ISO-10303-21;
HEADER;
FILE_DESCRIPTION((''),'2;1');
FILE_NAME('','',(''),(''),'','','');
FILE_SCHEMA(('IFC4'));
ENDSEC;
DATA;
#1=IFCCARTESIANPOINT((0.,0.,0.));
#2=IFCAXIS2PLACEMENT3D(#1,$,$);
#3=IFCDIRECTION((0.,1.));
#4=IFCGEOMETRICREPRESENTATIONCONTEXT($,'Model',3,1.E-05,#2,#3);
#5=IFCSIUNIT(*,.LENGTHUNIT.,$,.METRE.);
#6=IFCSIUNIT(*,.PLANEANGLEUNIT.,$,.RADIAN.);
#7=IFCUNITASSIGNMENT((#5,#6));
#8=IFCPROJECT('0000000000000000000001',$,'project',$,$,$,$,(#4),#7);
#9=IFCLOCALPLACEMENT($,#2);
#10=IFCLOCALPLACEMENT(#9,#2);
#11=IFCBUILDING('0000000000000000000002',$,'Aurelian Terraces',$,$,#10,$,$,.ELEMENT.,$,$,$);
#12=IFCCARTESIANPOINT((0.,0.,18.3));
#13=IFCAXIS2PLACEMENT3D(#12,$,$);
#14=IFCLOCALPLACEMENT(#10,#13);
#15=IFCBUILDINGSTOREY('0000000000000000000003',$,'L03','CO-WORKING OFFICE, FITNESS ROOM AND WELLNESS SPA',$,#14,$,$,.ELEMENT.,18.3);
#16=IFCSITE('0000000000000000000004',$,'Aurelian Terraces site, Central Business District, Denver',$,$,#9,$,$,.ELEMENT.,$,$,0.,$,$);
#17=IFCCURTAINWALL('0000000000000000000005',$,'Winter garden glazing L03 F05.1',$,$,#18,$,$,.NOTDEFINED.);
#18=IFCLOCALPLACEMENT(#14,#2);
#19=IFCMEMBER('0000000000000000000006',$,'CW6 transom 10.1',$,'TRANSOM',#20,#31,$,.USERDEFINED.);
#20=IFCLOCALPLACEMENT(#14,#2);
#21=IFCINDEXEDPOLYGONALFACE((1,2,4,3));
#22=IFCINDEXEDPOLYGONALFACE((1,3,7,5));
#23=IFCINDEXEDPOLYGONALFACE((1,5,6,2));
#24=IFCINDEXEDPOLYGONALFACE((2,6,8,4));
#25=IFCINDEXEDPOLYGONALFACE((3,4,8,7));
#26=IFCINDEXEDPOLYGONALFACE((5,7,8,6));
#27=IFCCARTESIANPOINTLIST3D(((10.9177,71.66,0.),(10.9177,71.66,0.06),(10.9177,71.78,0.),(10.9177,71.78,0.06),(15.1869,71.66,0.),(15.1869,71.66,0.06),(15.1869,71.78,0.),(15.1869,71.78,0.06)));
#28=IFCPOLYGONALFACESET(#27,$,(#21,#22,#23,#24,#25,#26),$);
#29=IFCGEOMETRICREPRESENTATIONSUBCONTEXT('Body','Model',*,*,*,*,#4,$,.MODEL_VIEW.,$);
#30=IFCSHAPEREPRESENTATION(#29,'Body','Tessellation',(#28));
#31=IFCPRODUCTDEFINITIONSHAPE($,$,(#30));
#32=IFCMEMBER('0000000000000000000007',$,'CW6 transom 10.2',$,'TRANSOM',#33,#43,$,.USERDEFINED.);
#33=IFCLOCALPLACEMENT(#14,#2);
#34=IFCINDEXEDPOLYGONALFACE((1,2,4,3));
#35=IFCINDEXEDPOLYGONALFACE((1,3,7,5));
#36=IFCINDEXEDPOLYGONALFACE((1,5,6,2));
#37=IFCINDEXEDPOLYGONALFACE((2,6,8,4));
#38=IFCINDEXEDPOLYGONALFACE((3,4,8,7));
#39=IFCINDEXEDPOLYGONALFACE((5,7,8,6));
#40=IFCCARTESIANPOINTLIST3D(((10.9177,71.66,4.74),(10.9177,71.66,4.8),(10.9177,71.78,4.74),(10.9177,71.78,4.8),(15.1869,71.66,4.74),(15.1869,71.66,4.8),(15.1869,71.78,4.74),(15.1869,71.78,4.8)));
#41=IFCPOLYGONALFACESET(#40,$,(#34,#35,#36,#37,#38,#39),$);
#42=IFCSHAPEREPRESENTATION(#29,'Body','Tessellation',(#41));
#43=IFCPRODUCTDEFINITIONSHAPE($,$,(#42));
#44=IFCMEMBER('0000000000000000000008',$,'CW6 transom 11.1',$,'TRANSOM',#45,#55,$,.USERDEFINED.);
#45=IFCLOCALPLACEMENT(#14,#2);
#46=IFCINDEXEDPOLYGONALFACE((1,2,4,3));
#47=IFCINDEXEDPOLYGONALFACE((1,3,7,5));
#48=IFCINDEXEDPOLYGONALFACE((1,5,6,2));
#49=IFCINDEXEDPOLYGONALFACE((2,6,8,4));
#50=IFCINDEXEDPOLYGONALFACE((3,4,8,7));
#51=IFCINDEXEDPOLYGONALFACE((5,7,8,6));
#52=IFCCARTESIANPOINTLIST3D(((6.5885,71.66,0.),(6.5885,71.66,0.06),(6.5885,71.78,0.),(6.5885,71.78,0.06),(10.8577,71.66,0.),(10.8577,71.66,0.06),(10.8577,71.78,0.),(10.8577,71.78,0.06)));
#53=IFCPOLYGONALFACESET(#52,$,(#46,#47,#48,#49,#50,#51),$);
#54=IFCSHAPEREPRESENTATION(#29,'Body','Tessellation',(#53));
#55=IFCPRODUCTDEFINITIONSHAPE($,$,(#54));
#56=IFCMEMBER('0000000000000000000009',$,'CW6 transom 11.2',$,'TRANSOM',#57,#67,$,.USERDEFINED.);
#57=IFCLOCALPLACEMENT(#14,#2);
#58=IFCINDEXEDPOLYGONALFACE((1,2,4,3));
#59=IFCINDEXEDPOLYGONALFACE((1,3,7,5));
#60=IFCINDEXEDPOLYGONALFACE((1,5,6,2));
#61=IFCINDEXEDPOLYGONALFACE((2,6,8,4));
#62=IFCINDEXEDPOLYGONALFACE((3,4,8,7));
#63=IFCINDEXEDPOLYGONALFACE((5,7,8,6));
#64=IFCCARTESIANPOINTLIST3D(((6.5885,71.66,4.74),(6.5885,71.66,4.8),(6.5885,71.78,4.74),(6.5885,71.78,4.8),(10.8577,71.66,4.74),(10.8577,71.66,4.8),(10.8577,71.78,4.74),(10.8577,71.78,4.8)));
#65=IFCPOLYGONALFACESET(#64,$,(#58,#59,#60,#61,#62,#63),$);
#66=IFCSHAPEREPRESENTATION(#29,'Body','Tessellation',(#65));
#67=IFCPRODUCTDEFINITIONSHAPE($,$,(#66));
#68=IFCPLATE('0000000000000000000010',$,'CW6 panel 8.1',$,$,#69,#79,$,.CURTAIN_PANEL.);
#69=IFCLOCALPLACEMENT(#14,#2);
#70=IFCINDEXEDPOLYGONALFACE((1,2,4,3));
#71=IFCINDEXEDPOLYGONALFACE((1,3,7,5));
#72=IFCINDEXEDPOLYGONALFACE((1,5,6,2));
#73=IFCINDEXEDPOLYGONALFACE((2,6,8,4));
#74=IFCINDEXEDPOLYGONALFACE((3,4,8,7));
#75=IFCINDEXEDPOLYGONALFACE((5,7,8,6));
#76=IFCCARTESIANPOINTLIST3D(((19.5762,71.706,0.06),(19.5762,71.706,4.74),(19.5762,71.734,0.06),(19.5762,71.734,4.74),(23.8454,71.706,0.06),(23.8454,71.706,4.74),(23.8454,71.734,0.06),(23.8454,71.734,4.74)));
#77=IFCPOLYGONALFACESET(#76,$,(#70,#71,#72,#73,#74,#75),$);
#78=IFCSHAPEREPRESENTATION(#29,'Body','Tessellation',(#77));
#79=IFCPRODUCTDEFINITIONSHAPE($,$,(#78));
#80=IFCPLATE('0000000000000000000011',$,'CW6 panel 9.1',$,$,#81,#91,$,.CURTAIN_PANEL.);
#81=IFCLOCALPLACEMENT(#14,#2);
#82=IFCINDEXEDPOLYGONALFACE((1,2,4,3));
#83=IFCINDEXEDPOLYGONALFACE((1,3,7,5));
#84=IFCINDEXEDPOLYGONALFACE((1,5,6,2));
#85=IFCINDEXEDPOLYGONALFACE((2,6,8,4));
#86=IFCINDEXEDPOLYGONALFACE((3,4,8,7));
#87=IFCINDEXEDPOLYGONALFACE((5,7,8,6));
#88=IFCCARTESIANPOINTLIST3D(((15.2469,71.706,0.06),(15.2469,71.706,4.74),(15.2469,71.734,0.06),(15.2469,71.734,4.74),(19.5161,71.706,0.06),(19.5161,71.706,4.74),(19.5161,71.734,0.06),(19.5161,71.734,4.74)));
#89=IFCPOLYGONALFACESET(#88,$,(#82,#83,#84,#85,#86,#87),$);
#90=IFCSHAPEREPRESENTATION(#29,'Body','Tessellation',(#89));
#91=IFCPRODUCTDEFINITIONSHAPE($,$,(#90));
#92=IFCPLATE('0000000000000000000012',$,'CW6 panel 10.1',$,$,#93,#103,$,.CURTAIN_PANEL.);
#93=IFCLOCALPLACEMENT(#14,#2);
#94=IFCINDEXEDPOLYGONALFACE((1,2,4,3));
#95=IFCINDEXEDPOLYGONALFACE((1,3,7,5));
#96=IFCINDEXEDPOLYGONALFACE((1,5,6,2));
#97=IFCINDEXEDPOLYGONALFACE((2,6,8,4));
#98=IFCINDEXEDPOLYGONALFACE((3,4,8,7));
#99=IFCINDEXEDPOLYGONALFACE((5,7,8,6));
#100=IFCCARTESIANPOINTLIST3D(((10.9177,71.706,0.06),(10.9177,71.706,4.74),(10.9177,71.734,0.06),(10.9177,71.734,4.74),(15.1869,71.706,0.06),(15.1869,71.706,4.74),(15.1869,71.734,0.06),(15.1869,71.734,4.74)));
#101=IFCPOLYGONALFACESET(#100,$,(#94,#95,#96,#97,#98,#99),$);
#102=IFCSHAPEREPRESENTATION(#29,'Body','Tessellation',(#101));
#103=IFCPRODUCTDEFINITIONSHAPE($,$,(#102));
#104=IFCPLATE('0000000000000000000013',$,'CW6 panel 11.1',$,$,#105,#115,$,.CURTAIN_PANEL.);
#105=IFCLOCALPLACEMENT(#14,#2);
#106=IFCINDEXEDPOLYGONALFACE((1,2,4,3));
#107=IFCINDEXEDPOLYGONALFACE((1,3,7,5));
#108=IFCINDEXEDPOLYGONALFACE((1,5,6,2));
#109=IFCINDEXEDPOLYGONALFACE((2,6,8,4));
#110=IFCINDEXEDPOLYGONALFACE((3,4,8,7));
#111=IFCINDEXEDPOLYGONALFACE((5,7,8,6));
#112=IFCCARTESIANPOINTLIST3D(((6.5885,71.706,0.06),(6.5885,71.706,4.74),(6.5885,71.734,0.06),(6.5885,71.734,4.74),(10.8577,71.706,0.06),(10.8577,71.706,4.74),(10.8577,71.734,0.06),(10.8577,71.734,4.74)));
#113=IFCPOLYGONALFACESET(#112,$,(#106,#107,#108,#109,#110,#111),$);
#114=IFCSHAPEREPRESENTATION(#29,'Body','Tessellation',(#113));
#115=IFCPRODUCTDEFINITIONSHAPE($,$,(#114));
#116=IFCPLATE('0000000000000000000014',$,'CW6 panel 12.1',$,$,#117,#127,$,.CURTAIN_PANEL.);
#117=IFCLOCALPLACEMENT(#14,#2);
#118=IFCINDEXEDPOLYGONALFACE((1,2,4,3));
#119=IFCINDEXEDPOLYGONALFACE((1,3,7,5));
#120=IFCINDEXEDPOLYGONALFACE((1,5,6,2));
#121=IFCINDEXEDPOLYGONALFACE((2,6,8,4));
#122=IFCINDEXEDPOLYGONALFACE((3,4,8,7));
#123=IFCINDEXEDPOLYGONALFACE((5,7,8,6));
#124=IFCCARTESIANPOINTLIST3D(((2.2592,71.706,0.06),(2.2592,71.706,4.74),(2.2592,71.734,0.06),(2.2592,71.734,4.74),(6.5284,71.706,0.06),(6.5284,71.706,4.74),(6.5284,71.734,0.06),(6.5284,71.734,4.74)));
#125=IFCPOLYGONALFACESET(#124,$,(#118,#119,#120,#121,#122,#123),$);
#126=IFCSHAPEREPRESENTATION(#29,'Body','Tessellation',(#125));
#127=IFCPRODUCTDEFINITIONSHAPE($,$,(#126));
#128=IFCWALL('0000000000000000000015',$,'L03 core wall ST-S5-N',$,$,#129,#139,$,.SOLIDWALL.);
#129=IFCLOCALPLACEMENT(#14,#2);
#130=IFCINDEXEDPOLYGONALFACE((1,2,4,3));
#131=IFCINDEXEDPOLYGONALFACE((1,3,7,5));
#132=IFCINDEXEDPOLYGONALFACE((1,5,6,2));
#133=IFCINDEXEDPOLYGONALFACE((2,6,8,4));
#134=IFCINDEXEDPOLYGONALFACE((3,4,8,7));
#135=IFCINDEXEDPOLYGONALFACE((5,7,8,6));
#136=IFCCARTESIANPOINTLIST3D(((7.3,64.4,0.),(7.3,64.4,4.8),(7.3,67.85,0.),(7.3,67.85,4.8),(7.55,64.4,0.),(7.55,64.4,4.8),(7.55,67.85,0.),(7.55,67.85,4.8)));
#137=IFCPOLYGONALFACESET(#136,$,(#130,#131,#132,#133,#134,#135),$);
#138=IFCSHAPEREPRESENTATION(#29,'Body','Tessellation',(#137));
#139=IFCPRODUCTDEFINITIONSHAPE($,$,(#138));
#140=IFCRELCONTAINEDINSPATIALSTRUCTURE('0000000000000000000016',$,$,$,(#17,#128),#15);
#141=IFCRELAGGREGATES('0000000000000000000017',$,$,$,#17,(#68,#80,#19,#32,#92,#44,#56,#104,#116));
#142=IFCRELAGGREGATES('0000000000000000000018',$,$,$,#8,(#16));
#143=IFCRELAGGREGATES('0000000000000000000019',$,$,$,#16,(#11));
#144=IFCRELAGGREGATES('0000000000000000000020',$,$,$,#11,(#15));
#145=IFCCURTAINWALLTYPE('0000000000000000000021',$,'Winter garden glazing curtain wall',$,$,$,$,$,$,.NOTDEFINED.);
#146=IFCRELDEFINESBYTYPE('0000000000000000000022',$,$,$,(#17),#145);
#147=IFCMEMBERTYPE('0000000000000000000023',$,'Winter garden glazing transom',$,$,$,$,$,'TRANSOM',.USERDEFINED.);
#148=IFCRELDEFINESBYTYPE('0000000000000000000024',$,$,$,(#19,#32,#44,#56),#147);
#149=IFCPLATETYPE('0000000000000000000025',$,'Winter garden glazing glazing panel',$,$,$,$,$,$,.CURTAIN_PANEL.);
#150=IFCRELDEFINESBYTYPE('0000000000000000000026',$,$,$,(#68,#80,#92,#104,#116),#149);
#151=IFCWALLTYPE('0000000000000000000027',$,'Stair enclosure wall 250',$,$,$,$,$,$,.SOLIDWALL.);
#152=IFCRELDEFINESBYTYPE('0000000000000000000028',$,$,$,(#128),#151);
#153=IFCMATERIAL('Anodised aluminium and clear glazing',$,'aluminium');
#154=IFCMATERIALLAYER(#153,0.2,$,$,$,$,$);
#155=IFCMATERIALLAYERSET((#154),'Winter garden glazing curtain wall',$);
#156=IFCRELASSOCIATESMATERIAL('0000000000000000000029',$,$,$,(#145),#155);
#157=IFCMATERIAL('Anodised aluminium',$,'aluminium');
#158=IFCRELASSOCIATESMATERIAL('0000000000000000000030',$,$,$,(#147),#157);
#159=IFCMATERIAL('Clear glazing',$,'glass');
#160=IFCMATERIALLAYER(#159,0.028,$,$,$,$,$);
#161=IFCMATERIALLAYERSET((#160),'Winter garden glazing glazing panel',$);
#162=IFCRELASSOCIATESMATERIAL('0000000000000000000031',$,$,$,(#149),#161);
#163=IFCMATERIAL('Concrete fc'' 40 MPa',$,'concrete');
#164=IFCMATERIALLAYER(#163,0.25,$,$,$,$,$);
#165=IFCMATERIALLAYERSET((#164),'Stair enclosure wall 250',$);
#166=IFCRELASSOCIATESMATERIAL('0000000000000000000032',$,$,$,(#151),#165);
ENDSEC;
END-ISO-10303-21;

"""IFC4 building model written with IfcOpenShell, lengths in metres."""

from ifc_helpers import new_model, si_unit, direction, frame, frame_2d, origin, origin_2d, place, context, subcontext, project, spatial, rectangle, extrude, source, transform, mapped, material, layer, layer_set, material_profile, profile_set, type_object, element, aggregate, save


model = new_model("IFC4")

# Units and contexts
model_context = context("Model", 3, precision=1e-05, world=origin(), true_north=direction((0.0, 1.0)))
body_context = subcontext(model_context, "Body", "Model", "MODEL_VIEW")
ifc_project = project(units=[si_unit("LENGTHUNIT", "METRE"), si_unit("PLANEANGLEUNIT", "RADIAN")], contexts=[model_context])

# Site, building, storey
site_placement = place(None, origin())
site = spatial("IfcSite", under=ifc_project, at=site_placement, Name="Aurelian Terraces site, Central Business District, Denver", CompositionType="ELEMENT", RefElevation=0.0)
building_placement = place(site_placement, origin())
building = spatial("IfcBuilding", under=site, at=building_placement, Name="Aurelian Terraces", CompositionType="ELEMENT")
storey_placement = place(building_placement, frame((0.0, 0.0, 18.3)))
storey = spatial("IfcBuildingStorey", under=building, at=storey_placement, Name="L03", Description="CO-WORKING OFFICE, FITNESS ROOM AND WELLNESS SPA", CompositionType="ELEMENT", Elevation=18.3)

# Curtain wall, members, plates
ifc_material_1 = material(Name="Anodised aluminium and clear glazing", Category="aluminium")
ifc_layer_1 = layer(ifc_material_1, 0.2)
ifc_layer_set_1 = layer_set([ifc_layer_1], Name="Winter garden glazing curtain wall")
curtain_wall_type = type_object("IfcCurtainWallType", Name="Winter garden glazing curtain wall", PredefinedType="NOTDEFINED", material=ifc_layer_set_1)
curtain_wall_placement = place(storey_placement, origin())
curtain_wall = element("IfcCurtainWall", 1, at=curtain_wall_placement, inside=storey, type_object=curtain_wall_type, Name="Winter garden glazing L03 F05.1", PredefinedType="NOTDEFINED")
ifc_material_2 = material(Name="Anodised aluminium", Category="aluminium")
ifc_material_profile_1 = material_profile(ifc_material_2, rectangle(XDim=0.12, YDim=0.06, at=origin_2d()))
ifc_profile_set_1 = profile_set([ifc_material_profile_1], Name="Anodised aluminium")
member_type_1 = type_object("IfcMemberType", Name="Winter garden glazing transom", ElementType="TRANSOM", PredefinedType="USERDEFINED", material=ifc_profile_set_1)
shared_shape_1 = source(origin(), body_context, "Body", "SweptSolid", [
    extrude(rectangle(XDim=0.12, YDim=0.06, at=origin_2d()), origin(), (0.0, 0.0, 1.0), 4.2692),
])
member_1_placement = place(storey_placement, frame((15.1869, 71.72, 0.03), z_axis=(-1.0, 0.0, 0.0), x_axis=(0.0, -1.0, 0.0)))
member_1 = element("IfcMember", 2, at=member_1_placement, type_object=member_type_1, Name="CW6 transom 10.1", ObjectType="TRANSOM", PredefinedType="USERDEFINED", context=body_context, shape_type="MappedRepresentation", body=[
    mapped(shared_shape_1, transform((0.0, 0.0, 0.0), scale=1.0)),
])
member_2_placement = place(storey_placement, frame((15.1869, 71.72, 4.77), z_axis=(-1.0, 0.0, 0.0), x_axis=(0.0, -1.0, 0.0)))
member_2 = element("IfcMember", 3, at=member_2_placement, type_object=member_type_1, Name="CW6 transom 10.2", ObjectType="TRANSOM", PredefinedType="USERDEFINED", context=body_context, shape_type="MappedRepresentation", body=[
    mapped(shared_shape_1, transform((0.0, 0.0, 0.0), scale=1.0)),
])
member_3_placement = place(storey_placement, frame((10.8577, 71.72, 0.03), z_axis=(-1.0, 0.0, 0.0), x_axis=(0.0, -1.0, 0.0)))
member_3 = element("IfcMember", 4, at=member_3_placement, type_object=member_type_1, Name="CW6 transom 11.1", ObjectType="TRANSOM", PredefinedType="USERDEFINED", context=body_context, shape_type="MappedRepresentation", body=[
    mapped(shared_shape_1, transform((0.0, 0.0, 0.0), scale=1.0)),
])
member_4_placement = place(storey_placement, frame((10.8577, 71.72, 4.77), z_axis=(-1.0, 0.0, 0.0), x_axis=(0.0, -1.0, 0.0)))
member_4 = element("IfcMember", 5, at=member_4_placement, type_object=member_type_1, Name="CW6 transom 11.2", ObjectType="TRANSOM", PredefinedType="USERDEFINED", context=body_context, shape_type="MappedRepresentation", body=[
    mapped(shared_shape_1, transform((0.0, 0.0, 0.0), scale=1.0)),
])
ifc_material_3 = material(Name="Clear glazing", Category="glass")
ifc_layer_2 = layer(ifc_material_3, 0.028)
ifc_layer_set_2 = layer_set([ifc_layer_2], Name="Winter garden glazing glazing panel")
plate_type = type_object("IfcPlateType", Name="Winter garden glazing glazing panel", PredefinedType="CURTAIN_PANEL", material=ifc_layer_set_2)
shared_shape_2 = source(origin(), body_context, "Body", "SweptSolid", [
    extrude(rectangle(XDim=4.2692, YDim=0.028, at=origin_2d()), origin(), (0.0, 0.0, 1.0), 4.68),
])
plate_1_placement = place(storey_placement, frame((21.7108, 71.72, 0.06), z_axis=(0.0, 0.0, 1.0), x_axis=(-1.0, 0.0, 0.0)))
plate_1 = element("IfcPlate", 6, at=plate_1_placement, type_object=plate_type, Name="CW6 panel 8.1", PredefinedType="CURTAIN_PANEL", context=body_context, shape_type="MappedRepresentation", body=[
    mapped(shared_shape_2, transform((0.0, 0.0, 0.0), scale=1.0)),
])
plate_2_placement = place(storey_placement, frame((17.3815, 71.72, 0.06), z_axis=(0.0, 0.0, 1.0), x_axis=(-1.0, 0.0, 0.0)))
plate_2 = element("IfcPlate", 7, at=plate_2_placement, type_object=plate_type, Name="CW6 panel 9.1", PredefinedType="CURTAIN_PANEL", context=body_context, shape_type="MappedRepresentation", body=[
    mapped(shared_shape_2, transform((0.0, 0.0, 0.0), scale=1.0)),
])
plate_3_placement = place(storey_placement, frame((13.0523, 71.72, 0.06), z_axis=(0.0, 0.0, 1.0), x_axis=(-1.0, 0.0, 0.0)))
plate_3 = element("IfcPlate", 8, at=plate_3_placement, type_object=plate_type, Name="CW6 panel 10.1", PredefinedType="CURTAIN_PANEL", context=body_context, shape_type="MappedRepresentation", body=[
    mapped(shared_shape_2, transform((0.0, 0.0, 0.0), scale=1.0)),
])
plate_4_placement = place(storey_placement, frame((8.7231, 71.72, 0.06), z_axis=(0.0, 0.0, 1.0), x_axis=(-1.0, 0.0, 0.0)))
plate_4 = element("IfcPlate", 9, at=plate_4_placement, type_object=plate_type, Name="CW6 panel 11.1", PredefinedType="CURTAIN_PANEL", context=body_context, shape_type="MappedRepresentation", body=[
    mapped(shared_shape_2, transform((0.0, 0.0, 0.0), scale=1.0)),
])
plate_5_placement = place(storey_placement, frame((4.3938, 71.72, 0.06), z_axis=(0.0, 0.0, 1.0), x_axis=(-1.0, 0.0, 0.0)))
plate_5 = element("IfcPlate", 10, at=plate_5_placement, type_object=plate_type, Name="CW6 panel 12.1", PredefinedType="CURTAIN_PANEL", context=body_context, shape_type="MappedRepresentation", body=[
    mapped(shared_shape_2, transform((0.0, 0.0, 0.0), scale=1.0)),
])
aggregate(curtain_wall, [plate_1, plate_2, member_1, member_2, plate_3, member_3, member_4, plate_4, plate_5])

# Wall
ifc_material_4 = material(Name="Concrete fc' 40 MPa", Category="concrete")
ifc_layer_3 = layer(ifc_material_4, 0.25)
ifc_layer_set_3 = layer_set([ifc_layer_3], Name="Stair enclosure wall 250")
wall_type_1 = type_object("IfcWallType", Name="Stair enclosure wall 250", PredefinedType="SOLIDWALL", material=ifc_layer_set_3)
shared_shape_3 = source(origin(), body_context, "Body", "SweptSolid", [
    extrude(rectangle(XDim=3.45, YDim=0.25, at=frame_2d((1.725, 0.0))), origin(), (0.0, 0.0, 1.0), 4.8),
])
wall_1_placement = place(storey_placement, frame((7.425, 64.4, 0.0), z_axis=(0.0, 0.0, 1.0), x_axis=(0.0, 1.0, 0.0)))
element("IfcWall", 11, at=wall_1_placement, inside=storey, type_object=wall_type_1, Name="L03 core wall ST-S5-N", PredefinedType="SOLIDWALL", context=body_context, shape_type="MappedRepresentation", body=[
    mapped(shared_shape_3, transform((0.0, 0.0, 0.0), scale=1.0)),
])

save(model, "model.ifc")
